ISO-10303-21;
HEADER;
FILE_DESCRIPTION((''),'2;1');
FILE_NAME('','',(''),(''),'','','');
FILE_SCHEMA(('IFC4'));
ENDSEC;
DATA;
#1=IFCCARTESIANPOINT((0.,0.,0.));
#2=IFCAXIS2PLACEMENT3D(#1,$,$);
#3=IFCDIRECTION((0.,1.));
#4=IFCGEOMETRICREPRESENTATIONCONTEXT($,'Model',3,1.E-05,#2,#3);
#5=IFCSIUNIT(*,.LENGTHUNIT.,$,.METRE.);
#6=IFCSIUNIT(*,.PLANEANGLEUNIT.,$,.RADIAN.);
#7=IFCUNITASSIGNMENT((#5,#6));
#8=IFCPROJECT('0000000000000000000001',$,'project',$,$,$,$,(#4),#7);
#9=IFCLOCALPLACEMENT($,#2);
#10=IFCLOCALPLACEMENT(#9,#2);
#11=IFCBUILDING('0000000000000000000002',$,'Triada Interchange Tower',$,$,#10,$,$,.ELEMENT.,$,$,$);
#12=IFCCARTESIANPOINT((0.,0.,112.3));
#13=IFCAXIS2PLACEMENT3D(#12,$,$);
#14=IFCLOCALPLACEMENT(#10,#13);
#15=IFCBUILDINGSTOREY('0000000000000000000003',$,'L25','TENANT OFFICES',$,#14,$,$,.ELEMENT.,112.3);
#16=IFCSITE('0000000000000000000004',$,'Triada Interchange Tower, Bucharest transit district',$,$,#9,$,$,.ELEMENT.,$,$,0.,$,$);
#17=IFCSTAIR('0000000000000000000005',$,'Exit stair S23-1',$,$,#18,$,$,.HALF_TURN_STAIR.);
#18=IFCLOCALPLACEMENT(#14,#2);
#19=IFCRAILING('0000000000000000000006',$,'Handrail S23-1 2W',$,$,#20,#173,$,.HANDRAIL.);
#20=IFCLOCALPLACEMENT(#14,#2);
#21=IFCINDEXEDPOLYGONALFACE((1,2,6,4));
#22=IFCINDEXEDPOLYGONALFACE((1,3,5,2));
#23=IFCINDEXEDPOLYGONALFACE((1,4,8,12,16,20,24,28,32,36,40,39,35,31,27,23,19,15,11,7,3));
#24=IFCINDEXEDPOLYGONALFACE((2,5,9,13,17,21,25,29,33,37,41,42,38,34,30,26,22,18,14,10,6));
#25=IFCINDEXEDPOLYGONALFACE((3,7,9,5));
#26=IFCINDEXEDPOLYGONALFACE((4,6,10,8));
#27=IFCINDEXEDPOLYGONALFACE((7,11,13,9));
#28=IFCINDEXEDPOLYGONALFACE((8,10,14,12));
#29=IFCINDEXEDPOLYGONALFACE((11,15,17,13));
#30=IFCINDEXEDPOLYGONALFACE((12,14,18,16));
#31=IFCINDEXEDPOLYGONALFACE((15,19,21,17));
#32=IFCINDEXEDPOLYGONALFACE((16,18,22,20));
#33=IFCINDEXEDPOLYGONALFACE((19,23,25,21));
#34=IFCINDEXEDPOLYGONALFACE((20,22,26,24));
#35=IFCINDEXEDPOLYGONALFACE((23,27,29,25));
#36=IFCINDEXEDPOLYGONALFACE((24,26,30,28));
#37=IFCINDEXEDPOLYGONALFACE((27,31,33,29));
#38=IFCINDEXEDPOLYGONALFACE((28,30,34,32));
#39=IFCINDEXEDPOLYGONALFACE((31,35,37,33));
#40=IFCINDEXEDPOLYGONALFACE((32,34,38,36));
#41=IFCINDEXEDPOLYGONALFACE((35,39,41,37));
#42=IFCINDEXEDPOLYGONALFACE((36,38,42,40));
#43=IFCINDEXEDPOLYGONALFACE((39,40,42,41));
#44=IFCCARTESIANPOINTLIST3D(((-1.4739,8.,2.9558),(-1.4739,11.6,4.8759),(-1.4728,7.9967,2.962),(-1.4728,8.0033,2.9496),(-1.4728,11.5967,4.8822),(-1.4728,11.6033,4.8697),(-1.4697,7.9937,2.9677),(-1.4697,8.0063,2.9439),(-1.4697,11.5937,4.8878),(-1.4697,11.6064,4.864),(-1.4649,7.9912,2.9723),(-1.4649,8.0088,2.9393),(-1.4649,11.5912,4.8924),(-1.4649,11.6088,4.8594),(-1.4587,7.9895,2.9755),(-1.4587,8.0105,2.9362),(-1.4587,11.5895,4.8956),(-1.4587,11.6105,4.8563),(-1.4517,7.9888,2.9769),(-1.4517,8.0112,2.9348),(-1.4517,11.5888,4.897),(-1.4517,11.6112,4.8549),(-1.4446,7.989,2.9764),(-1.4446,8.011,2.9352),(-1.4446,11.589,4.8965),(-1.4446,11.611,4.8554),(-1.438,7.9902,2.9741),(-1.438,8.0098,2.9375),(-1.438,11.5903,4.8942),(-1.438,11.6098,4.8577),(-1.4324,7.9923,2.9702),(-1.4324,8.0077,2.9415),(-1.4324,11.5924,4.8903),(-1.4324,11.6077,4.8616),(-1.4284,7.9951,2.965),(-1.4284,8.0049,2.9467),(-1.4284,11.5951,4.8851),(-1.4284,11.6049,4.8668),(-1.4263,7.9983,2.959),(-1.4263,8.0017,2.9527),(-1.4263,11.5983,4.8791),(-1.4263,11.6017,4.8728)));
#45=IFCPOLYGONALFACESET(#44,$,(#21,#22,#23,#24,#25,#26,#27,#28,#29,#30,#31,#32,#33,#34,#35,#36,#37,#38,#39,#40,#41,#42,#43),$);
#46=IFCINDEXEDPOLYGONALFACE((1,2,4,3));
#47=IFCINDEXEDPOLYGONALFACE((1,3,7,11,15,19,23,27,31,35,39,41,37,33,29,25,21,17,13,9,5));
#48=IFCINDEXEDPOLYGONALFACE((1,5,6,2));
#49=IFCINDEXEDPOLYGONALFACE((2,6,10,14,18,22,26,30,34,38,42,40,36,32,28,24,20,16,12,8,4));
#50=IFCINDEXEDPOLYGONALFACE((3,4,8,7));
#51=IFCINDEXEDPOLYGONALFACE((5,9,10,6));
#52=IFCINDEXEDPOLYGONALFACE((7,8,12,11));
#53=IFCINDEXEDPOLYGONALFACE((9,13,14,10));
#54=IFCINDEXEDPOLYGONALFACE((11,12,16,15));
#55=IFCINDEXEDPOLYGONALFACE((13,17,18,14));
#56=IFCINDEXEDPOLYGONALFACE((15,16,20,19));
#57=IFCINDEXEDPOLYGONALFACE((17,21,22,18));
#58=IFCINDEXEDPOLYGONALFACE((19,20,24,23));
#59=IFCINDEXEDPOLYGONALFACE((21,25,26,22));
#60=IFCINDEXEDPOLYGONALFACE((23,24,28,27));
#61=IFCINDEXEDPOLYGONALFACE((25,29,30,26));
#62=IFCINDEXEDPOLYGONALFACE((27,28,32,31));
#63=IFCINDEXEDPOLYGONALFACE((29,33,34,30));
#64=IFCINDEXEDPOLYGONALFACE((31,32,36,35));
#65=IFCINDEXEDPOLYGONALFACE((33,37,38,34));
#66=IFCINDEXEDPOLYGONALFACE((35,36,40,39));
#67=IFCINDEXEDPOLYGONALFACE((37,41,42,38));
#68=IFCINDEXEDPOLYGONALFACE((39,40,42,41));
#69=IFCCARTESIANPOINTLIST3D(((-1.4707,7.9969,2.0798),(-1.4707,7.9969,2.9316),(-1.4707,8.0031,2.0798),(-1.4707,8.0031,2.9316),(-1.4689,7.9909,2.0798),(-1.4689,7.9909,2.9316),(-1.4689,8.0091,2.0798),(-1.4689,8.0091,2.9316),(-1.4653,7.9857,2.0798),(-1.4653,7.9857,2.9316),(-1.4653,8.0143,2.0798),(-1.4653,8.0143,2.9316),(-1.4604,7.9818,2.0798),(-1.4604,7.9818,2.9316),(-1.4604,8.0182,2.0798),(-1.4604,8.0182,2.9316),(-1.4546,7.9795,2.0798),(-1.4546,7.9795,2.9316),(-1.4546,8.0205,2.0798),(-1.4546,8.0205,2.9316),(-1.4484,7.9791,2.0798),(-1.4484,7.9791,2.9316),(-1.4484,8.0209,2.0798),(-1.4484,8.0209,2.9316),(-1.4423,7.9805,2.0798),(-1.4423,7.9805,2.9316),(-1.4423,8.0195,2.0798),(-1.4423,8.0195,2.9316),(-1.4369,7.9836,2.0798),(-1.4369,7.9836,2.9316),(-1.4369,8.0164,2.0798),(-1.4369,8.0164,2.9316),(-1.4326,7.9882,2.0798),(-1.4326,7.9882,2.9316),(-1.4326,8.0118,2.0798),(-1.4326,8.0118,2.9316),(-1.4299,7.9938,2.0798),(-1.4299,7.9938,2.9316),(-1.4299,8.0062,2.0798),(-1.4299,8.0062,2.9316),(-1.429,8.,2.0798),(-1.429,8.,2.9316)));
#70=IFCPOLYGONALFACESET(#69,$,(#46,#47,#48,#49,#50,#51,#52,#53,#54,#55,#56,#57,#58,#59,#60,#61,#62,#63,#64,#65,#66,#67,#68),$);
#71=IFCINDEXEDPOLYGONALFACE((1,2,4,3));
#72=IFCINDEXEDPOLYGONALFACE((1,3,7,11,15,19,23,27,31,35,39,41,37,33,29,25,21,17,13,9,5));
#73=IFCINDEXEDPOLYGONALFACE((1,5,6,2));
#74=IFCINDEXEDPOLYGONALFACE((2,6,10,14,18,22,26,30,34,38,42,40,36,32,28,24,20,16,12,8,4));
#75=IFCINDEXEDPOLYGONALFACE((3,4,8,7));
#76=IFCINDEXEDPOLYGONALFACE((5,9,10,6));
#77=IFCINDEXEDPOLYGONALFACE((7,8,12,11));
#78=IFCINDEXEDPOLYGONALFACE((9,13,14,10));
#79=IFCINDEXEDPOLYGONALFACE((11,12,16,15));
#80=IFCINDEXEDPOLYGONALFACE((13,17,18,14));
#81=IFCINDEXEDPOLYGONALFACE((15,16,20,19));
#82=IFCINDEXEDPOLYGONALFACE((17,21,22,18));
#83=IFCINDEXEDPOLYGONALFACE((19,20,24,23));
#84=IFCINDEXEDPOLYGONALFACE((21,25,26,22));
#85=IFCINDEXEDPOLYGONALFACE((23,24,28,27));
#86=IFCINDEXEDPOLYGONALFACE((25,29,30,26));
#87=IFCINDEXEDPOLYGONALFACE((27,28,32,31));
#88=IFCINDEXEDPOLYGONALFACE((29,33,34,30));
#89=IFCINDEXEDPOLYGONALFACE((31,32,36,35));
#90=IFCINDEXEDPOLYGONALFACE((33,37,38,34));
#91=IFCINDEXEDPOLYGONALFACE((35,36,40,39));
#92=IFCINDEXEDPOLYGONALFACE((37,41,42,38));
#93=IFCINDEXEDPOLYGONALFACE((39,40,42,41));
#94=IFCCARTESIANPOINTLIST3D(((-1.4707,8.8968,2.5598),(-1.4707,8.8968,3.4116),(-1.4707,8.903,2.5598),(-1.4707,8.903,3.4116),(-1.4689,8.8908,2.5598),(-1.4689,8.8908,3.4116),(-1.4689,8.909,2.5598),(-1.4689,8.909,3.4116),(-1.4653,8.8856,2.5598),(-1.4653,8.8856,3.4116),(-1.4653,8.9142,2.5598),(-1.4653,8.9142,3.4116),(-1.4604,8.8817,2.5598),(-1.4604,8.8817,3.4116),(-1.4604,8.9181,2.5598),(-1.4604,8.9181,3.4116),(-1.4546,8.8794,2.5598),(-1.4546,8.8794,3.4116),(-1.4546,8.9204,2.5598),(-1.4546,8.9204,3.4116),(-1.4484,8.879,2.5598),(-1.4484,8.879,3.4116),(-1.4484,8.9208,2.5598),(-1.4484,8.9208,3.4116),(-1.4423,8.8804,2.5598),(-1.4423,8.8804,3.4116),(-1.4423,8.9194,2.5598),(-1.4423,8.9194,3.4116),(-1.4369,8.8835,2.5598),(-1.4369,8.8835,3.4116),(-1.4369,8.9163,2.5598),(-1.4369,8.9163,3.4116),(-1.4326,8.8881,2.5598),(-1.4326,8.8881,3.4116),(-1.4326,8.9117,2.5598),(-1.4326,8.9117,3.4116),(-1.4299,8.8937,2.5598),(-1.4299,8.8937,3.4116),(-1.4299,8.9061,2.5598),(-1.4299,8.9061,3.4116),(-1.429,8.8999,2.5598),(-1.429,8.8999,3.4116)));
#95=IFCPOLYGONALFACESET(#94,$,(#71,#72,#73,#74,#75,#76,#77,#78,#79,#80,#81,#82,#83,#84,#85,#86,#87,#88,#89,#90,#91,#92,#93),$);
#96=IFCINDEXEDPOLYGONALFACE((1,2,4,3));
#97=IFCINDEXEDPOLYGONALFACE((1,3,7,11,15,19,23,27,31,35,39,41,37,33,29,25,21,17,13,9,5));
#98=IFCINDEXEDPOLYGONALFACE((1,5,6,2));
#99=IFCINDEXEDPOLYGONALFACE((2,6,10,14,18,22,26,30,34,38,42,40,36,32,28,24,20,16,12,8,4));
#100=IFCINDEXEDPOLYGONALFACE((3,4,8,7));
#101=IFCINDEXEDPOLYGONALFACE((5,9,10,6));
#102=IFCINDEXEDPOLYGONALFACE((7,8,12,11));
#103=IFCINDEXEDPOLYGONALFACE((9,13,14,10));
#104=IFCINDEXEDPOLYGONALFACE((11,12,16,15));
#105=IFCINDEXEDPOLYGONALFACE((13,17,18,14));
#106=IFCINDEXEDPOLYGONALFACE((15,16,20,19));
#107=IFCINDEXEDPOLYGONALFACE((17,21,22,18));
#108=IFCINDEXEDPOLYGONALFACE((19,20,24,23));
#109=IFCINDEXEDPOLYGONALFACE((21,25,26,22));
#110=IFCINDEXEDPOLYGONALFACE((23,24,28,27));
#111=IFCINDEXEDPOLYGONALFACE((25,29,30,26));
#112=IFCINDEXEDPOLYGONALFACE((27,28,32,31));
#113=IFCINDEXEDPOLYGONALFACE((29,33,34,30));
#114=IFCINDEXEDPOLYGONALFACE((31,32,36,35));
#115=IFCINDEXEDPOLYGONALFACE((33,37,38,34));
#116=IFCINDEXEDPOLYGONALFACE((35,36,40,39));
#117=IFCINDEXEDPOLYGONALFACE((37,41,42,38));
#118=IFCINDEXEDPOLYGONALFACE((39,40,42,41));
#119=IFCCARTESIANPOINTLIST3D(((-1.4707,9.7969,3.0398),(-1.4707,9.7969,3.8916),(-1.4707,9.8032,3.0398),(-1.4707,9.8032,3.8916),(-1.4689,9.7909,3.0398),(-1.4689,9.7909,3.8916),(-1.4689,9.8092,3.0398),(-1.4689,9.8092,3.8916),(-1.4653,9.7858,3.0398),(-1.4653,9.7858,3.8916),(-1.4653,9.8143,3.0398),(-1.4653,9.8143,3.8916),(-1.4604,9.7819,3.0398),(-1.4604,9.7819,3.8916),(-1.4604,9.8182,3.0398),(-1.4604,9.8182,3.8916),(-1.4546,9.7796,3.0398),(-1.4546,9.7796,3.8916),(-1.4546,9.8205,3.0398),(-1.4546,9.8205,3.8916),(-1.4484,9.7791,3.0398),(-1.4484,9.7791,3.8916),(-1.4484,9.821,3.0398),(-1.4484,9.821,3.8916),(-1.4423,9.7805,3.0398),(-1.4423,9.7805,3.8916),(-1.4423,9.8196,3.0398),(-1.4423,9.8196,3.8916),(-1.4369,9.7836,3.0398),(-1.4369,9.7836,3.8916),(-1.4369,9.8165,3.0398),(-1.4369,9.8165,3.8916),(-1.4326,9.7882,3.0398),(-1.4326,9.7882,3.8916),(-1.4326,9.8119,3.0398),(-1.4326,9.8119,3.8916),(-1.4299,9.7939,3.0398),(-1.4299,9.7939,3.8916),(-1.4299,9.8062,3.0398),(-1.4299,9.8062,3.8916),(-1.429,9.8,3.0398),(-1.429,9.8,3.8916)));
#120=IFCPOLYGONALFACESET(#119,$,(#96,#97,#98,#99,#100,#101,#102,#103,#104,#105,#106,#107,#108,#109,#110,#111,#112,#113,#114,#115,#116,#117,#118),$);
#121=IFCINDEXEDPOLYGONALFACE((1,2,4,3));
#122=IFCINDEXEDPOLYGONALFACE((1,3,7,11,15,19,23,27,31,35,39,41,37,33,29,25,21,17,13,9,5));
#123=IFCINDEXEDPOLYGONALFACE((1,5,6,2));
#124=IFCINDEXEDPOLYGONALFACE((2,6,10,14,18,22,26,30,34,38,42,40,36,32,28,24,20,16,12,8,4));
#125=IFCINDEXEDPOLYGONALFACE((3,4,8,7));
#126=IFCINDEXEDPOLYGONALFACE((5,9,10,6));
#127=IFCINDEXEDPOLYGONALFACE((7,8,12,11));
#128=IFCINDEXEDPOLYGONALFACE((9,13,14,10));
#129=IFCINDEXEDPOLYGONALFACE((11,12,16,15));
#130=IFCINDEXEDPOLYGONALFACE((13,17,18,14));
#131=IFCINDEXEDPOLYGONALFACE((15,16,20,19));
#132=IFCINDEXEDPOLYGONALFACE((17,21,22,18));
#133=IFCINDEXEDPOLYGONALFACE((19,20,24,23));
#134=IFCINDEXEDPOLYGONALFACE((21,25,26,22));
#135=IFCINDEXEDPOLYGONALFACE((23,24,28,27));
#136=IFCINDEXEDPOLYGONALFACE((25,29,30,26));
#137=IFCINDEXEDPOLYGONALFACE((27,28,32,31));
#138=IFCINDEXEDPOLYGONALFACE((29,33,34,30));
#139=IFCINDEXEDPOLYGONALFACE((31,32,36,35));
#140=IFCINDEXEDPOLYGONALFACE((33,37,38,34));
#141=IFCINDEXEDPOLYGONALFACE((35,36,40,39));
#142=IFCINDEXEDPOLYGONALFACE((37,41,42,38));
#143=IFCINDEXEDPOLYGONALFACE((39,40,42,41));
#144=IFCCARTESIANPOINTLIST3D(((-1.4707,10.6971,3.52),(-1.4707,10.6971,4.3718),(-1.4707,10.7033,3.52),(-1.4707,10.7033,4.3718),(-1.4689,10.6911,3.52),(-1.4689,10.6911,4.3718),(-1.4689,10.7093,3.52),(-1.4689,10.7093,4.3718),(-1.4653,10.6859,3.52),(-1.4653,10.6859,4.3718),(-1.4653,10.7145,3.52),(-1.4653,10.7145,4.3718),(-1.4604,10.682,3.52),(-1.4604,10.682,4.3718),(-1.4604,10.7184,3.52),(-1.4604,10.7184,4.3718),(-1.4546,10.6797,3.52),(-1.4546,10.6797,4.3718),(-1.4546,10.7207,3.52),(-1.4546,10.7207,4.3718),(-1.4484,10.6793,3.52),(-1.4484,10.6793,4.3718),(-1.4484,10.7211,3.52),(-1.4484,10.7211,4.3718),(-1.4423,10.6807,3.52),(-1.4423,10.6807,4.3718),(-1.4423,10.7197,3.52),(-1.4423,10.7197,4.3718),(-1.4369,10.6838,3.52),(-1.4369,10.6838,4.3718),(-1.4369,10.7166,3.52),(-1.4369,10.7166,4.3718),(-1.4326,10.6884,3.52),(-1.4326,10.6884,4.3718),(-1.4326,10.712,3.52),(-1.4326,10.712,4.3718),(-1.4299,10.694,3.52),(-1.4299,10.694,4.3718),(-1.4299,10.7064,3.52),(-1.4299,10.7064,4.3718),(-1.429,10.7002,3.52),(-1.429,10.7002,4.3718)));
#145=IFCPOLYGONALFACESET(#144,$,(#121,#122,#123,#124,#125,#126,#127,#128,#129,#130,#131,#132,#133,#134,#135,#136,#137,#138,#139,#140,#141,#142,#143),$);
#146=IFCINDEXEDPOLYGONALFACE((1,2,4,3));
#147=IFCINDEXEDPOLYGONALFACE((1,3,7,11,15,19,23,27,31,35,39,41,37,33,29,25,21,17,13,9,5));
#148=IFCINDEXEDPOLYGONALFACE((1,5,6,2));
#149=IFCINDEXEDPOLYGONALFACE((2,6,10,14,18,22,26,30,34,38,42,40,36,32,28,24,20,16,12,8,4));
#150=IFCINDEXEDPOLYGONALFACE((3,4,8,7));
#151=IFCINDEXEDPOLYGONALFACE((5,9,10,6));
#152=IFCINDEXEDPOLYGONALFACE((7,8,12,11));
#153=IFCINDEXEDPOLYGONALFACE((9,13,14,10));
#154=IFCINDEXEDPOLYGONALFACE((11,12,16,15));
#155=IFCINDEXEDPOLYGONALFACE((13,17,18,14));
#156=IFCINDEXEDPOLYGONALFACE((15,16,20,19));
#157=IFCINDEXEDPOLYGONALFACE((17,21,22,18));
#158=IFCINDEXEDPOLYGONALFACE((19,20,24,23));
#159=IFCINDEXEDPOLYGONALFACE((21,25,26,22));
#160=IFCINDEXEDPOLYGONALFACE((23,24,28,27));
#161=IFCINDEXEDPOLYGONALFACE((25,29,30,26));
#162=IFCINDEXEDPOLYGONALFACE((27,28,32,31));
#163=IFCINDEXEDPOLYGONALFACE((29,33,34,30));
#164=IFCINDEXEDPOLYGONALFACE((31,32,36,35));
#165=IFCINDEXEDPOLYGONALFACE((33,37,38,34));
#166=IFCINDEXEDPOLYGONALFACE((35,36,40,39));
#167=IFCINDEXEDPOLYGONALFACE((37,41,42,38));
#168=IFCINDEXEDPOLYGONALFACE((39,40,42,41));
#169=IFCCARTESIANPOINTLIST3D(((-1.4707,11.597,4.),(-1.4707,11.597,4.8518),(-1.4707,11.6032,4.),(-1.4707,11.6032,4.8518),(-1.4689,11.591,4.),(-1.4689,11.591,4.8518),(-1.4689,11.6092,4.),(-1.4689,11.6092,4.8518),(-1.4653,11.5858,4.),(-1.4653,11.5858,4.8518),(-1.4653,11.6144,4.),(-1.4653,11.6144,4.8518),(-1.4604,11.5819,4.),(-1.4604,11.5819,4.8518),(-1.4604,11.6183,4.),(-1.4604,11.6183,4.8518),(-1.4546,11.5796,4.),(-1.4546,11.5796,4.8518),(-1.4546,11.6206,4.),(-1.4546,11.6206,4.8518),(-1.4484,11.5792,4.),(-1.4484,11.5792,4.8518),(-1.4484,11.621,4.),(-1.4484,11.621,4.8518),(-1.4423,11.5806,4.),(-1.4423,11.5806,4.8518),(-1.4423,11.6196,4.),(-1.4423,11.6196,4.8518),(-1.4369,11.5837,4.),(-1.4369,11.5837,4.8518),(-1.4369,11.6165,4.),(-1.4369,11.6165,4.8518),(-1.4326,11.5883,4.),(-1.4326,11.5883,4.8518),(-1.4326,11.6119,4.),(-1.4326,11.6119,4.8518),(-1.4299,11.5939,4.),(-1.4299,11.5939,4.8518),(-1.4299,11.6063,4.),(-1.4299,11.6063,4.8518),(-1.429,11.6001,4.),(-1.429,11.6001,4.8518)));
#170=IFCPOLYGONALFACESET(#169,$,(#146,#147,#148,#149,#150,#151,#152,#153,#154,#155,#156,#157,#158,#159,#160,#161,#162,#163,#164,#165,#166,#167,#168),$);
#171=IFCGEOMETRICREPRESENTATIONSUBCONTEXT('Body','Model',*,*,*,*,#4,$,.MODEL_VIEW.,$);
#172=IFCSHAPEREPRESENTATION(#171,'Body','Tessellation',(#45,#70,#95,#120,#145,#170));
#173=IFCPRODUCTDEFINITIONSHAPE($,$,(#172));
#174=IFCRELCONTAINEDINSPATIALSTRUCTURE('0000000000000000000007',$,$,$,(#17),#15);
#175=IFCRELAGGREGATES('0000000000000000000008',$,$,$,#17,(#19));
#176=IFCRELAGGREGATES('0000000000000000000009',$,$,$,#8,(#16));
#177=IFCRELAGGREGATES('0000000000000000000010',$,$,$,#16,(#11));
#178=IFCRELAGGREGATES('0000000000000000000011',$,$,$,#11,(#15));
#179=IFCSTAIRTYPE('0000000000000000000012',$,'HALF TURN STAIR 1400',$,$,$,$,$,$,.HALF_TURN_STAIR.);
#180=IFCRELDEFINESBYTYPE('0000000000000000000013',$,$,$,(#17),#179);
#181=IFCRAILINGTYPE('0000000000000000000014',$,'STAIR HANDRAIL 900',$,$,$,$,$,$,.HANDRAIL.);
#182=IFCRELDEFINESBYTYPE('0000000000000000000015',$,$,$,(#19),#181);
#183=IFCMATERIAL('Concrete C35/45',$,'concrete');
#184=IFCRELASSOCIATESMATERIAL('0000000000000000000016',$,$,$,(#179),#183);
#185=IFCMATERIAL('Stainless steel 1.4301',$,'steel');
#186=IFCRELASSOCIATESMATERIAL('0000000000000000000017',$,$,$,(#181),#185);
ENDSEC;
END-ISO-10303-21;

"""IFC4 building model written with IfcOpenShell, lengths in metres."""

from ifc_helpers import new_model, si_unit, direction, frame, origin, origin_2d, place, context, subcontext, project, spatial, circle, extrude, material, type_object, element, aggregate, save


model = new_model("IFC4")

# Units and contexts
model_context = context("Model", 3, precision=1e-05, world=origin(), true_north=direction((0.0, 1.0)))
body_context = subcontext(model_context, "Body", "Model", "MODEL_VIEW")
ifc_project = project(units=[si_unit("LENGTHUNIT", "METRE"), si_unit("PLANEANGLEUNIT", "RADIAN")], contexts=[model_context])

# Site, building, storey
site_placement = place(None, origin())
site = spatial("IfcSite", under=ifc_project, at=site_placement, Name="Triada Interchange Tower, Bucharest transit district", CompositionType="ELEMENT", RefElevation=0.0)
building_placement = place(site_placement, origin())
building = spatial("IfcBuilding", under=site, at=building_placement, Name="Triada Interchange Tower", CompositionType="ELEMENT")
storey_placement = place(building_placement, frame((0.0, 0.0, 112.3)))
storey = spatial("IfcBuildingStorey", under=building, at=storey_placement, Name="L25", Description="TENANT OFFICES", CompositionType="ELEMENT", Elevation=112.3)

# Stair, railing
ifc_material_1 = material(Name="Concrete C35/45", Category="concrete")
stair_type = type_object("IfcStairType", Name="HALF TURN STAIR 1400", PredefinedType="HALF_TURN_STAIR", material=ifc_material_1)
stair_placement = place(storey_placement, origin())
stair = element("IfcStair", 1, at=stair_placement, inside=storey, type_object=stair_type, Name="Exit stair S23-1", PredefinedType="HALF_TURN_STAIR")
ifc_material_2 = material(Name="Stainless steel 1.4301", Category="steel")
railing_type = type_object("IfcRailingType", Name="STAIR HANDRAIL 900", PredefinedType="HANDRAIL", material=ifc_material_2)
railing_1_placement = place(storey_placement, frame((-1.45, 8.0, 2.0798)))
railing_1 = element("IfcRailing", 2, at=railing_1_placement, type_object=railing_type, Name="Handrail S23-1 2W", PredefinedType="HANDRAIL", context=body_context, shape_type="SweptSolid", body=[
    extrude(circle(Radius=0.0239, at=origin_2d()), frame((0.0, 0.0, 0.876), z_axis=(0.0, 0.882341, 0.47061), x_axis=(-1.0, 0.0, 0.0)), (0.0, 0.0, 1.0), 4.0801),
    extrude(circle(Radius=0.021, at=origin_2d()), origin(), (0.0, 0.0, 1.0), 0.8518),
    extrude(circle(Radius=0.021, at=origin_2d()), frame((0.0, 0.8999, 0.48)), (0.0, 0.0, 1.0), 0.8518),
    extrude(circle(Radius=0.021, at=origin_2d()), frame((0.0, 1.8, 0.96)), (0.0, 0.0, 1.0), 0.8518),
    extrude(circle(Radius=0.021, at=origin_2d()), frame((0.0, 2.7002, 1.4402)), (0.0, 0.0, 1.0), 0.8518),
    extrude(circle(Radius=0.021, at=origin_2d()), frame((0.0, 3.6001, 1.9202)), (0.0, 0.0, 1.0), 0.8518),
])
aggregate(stair, [railing_1])

save(model, "model.ifc")
